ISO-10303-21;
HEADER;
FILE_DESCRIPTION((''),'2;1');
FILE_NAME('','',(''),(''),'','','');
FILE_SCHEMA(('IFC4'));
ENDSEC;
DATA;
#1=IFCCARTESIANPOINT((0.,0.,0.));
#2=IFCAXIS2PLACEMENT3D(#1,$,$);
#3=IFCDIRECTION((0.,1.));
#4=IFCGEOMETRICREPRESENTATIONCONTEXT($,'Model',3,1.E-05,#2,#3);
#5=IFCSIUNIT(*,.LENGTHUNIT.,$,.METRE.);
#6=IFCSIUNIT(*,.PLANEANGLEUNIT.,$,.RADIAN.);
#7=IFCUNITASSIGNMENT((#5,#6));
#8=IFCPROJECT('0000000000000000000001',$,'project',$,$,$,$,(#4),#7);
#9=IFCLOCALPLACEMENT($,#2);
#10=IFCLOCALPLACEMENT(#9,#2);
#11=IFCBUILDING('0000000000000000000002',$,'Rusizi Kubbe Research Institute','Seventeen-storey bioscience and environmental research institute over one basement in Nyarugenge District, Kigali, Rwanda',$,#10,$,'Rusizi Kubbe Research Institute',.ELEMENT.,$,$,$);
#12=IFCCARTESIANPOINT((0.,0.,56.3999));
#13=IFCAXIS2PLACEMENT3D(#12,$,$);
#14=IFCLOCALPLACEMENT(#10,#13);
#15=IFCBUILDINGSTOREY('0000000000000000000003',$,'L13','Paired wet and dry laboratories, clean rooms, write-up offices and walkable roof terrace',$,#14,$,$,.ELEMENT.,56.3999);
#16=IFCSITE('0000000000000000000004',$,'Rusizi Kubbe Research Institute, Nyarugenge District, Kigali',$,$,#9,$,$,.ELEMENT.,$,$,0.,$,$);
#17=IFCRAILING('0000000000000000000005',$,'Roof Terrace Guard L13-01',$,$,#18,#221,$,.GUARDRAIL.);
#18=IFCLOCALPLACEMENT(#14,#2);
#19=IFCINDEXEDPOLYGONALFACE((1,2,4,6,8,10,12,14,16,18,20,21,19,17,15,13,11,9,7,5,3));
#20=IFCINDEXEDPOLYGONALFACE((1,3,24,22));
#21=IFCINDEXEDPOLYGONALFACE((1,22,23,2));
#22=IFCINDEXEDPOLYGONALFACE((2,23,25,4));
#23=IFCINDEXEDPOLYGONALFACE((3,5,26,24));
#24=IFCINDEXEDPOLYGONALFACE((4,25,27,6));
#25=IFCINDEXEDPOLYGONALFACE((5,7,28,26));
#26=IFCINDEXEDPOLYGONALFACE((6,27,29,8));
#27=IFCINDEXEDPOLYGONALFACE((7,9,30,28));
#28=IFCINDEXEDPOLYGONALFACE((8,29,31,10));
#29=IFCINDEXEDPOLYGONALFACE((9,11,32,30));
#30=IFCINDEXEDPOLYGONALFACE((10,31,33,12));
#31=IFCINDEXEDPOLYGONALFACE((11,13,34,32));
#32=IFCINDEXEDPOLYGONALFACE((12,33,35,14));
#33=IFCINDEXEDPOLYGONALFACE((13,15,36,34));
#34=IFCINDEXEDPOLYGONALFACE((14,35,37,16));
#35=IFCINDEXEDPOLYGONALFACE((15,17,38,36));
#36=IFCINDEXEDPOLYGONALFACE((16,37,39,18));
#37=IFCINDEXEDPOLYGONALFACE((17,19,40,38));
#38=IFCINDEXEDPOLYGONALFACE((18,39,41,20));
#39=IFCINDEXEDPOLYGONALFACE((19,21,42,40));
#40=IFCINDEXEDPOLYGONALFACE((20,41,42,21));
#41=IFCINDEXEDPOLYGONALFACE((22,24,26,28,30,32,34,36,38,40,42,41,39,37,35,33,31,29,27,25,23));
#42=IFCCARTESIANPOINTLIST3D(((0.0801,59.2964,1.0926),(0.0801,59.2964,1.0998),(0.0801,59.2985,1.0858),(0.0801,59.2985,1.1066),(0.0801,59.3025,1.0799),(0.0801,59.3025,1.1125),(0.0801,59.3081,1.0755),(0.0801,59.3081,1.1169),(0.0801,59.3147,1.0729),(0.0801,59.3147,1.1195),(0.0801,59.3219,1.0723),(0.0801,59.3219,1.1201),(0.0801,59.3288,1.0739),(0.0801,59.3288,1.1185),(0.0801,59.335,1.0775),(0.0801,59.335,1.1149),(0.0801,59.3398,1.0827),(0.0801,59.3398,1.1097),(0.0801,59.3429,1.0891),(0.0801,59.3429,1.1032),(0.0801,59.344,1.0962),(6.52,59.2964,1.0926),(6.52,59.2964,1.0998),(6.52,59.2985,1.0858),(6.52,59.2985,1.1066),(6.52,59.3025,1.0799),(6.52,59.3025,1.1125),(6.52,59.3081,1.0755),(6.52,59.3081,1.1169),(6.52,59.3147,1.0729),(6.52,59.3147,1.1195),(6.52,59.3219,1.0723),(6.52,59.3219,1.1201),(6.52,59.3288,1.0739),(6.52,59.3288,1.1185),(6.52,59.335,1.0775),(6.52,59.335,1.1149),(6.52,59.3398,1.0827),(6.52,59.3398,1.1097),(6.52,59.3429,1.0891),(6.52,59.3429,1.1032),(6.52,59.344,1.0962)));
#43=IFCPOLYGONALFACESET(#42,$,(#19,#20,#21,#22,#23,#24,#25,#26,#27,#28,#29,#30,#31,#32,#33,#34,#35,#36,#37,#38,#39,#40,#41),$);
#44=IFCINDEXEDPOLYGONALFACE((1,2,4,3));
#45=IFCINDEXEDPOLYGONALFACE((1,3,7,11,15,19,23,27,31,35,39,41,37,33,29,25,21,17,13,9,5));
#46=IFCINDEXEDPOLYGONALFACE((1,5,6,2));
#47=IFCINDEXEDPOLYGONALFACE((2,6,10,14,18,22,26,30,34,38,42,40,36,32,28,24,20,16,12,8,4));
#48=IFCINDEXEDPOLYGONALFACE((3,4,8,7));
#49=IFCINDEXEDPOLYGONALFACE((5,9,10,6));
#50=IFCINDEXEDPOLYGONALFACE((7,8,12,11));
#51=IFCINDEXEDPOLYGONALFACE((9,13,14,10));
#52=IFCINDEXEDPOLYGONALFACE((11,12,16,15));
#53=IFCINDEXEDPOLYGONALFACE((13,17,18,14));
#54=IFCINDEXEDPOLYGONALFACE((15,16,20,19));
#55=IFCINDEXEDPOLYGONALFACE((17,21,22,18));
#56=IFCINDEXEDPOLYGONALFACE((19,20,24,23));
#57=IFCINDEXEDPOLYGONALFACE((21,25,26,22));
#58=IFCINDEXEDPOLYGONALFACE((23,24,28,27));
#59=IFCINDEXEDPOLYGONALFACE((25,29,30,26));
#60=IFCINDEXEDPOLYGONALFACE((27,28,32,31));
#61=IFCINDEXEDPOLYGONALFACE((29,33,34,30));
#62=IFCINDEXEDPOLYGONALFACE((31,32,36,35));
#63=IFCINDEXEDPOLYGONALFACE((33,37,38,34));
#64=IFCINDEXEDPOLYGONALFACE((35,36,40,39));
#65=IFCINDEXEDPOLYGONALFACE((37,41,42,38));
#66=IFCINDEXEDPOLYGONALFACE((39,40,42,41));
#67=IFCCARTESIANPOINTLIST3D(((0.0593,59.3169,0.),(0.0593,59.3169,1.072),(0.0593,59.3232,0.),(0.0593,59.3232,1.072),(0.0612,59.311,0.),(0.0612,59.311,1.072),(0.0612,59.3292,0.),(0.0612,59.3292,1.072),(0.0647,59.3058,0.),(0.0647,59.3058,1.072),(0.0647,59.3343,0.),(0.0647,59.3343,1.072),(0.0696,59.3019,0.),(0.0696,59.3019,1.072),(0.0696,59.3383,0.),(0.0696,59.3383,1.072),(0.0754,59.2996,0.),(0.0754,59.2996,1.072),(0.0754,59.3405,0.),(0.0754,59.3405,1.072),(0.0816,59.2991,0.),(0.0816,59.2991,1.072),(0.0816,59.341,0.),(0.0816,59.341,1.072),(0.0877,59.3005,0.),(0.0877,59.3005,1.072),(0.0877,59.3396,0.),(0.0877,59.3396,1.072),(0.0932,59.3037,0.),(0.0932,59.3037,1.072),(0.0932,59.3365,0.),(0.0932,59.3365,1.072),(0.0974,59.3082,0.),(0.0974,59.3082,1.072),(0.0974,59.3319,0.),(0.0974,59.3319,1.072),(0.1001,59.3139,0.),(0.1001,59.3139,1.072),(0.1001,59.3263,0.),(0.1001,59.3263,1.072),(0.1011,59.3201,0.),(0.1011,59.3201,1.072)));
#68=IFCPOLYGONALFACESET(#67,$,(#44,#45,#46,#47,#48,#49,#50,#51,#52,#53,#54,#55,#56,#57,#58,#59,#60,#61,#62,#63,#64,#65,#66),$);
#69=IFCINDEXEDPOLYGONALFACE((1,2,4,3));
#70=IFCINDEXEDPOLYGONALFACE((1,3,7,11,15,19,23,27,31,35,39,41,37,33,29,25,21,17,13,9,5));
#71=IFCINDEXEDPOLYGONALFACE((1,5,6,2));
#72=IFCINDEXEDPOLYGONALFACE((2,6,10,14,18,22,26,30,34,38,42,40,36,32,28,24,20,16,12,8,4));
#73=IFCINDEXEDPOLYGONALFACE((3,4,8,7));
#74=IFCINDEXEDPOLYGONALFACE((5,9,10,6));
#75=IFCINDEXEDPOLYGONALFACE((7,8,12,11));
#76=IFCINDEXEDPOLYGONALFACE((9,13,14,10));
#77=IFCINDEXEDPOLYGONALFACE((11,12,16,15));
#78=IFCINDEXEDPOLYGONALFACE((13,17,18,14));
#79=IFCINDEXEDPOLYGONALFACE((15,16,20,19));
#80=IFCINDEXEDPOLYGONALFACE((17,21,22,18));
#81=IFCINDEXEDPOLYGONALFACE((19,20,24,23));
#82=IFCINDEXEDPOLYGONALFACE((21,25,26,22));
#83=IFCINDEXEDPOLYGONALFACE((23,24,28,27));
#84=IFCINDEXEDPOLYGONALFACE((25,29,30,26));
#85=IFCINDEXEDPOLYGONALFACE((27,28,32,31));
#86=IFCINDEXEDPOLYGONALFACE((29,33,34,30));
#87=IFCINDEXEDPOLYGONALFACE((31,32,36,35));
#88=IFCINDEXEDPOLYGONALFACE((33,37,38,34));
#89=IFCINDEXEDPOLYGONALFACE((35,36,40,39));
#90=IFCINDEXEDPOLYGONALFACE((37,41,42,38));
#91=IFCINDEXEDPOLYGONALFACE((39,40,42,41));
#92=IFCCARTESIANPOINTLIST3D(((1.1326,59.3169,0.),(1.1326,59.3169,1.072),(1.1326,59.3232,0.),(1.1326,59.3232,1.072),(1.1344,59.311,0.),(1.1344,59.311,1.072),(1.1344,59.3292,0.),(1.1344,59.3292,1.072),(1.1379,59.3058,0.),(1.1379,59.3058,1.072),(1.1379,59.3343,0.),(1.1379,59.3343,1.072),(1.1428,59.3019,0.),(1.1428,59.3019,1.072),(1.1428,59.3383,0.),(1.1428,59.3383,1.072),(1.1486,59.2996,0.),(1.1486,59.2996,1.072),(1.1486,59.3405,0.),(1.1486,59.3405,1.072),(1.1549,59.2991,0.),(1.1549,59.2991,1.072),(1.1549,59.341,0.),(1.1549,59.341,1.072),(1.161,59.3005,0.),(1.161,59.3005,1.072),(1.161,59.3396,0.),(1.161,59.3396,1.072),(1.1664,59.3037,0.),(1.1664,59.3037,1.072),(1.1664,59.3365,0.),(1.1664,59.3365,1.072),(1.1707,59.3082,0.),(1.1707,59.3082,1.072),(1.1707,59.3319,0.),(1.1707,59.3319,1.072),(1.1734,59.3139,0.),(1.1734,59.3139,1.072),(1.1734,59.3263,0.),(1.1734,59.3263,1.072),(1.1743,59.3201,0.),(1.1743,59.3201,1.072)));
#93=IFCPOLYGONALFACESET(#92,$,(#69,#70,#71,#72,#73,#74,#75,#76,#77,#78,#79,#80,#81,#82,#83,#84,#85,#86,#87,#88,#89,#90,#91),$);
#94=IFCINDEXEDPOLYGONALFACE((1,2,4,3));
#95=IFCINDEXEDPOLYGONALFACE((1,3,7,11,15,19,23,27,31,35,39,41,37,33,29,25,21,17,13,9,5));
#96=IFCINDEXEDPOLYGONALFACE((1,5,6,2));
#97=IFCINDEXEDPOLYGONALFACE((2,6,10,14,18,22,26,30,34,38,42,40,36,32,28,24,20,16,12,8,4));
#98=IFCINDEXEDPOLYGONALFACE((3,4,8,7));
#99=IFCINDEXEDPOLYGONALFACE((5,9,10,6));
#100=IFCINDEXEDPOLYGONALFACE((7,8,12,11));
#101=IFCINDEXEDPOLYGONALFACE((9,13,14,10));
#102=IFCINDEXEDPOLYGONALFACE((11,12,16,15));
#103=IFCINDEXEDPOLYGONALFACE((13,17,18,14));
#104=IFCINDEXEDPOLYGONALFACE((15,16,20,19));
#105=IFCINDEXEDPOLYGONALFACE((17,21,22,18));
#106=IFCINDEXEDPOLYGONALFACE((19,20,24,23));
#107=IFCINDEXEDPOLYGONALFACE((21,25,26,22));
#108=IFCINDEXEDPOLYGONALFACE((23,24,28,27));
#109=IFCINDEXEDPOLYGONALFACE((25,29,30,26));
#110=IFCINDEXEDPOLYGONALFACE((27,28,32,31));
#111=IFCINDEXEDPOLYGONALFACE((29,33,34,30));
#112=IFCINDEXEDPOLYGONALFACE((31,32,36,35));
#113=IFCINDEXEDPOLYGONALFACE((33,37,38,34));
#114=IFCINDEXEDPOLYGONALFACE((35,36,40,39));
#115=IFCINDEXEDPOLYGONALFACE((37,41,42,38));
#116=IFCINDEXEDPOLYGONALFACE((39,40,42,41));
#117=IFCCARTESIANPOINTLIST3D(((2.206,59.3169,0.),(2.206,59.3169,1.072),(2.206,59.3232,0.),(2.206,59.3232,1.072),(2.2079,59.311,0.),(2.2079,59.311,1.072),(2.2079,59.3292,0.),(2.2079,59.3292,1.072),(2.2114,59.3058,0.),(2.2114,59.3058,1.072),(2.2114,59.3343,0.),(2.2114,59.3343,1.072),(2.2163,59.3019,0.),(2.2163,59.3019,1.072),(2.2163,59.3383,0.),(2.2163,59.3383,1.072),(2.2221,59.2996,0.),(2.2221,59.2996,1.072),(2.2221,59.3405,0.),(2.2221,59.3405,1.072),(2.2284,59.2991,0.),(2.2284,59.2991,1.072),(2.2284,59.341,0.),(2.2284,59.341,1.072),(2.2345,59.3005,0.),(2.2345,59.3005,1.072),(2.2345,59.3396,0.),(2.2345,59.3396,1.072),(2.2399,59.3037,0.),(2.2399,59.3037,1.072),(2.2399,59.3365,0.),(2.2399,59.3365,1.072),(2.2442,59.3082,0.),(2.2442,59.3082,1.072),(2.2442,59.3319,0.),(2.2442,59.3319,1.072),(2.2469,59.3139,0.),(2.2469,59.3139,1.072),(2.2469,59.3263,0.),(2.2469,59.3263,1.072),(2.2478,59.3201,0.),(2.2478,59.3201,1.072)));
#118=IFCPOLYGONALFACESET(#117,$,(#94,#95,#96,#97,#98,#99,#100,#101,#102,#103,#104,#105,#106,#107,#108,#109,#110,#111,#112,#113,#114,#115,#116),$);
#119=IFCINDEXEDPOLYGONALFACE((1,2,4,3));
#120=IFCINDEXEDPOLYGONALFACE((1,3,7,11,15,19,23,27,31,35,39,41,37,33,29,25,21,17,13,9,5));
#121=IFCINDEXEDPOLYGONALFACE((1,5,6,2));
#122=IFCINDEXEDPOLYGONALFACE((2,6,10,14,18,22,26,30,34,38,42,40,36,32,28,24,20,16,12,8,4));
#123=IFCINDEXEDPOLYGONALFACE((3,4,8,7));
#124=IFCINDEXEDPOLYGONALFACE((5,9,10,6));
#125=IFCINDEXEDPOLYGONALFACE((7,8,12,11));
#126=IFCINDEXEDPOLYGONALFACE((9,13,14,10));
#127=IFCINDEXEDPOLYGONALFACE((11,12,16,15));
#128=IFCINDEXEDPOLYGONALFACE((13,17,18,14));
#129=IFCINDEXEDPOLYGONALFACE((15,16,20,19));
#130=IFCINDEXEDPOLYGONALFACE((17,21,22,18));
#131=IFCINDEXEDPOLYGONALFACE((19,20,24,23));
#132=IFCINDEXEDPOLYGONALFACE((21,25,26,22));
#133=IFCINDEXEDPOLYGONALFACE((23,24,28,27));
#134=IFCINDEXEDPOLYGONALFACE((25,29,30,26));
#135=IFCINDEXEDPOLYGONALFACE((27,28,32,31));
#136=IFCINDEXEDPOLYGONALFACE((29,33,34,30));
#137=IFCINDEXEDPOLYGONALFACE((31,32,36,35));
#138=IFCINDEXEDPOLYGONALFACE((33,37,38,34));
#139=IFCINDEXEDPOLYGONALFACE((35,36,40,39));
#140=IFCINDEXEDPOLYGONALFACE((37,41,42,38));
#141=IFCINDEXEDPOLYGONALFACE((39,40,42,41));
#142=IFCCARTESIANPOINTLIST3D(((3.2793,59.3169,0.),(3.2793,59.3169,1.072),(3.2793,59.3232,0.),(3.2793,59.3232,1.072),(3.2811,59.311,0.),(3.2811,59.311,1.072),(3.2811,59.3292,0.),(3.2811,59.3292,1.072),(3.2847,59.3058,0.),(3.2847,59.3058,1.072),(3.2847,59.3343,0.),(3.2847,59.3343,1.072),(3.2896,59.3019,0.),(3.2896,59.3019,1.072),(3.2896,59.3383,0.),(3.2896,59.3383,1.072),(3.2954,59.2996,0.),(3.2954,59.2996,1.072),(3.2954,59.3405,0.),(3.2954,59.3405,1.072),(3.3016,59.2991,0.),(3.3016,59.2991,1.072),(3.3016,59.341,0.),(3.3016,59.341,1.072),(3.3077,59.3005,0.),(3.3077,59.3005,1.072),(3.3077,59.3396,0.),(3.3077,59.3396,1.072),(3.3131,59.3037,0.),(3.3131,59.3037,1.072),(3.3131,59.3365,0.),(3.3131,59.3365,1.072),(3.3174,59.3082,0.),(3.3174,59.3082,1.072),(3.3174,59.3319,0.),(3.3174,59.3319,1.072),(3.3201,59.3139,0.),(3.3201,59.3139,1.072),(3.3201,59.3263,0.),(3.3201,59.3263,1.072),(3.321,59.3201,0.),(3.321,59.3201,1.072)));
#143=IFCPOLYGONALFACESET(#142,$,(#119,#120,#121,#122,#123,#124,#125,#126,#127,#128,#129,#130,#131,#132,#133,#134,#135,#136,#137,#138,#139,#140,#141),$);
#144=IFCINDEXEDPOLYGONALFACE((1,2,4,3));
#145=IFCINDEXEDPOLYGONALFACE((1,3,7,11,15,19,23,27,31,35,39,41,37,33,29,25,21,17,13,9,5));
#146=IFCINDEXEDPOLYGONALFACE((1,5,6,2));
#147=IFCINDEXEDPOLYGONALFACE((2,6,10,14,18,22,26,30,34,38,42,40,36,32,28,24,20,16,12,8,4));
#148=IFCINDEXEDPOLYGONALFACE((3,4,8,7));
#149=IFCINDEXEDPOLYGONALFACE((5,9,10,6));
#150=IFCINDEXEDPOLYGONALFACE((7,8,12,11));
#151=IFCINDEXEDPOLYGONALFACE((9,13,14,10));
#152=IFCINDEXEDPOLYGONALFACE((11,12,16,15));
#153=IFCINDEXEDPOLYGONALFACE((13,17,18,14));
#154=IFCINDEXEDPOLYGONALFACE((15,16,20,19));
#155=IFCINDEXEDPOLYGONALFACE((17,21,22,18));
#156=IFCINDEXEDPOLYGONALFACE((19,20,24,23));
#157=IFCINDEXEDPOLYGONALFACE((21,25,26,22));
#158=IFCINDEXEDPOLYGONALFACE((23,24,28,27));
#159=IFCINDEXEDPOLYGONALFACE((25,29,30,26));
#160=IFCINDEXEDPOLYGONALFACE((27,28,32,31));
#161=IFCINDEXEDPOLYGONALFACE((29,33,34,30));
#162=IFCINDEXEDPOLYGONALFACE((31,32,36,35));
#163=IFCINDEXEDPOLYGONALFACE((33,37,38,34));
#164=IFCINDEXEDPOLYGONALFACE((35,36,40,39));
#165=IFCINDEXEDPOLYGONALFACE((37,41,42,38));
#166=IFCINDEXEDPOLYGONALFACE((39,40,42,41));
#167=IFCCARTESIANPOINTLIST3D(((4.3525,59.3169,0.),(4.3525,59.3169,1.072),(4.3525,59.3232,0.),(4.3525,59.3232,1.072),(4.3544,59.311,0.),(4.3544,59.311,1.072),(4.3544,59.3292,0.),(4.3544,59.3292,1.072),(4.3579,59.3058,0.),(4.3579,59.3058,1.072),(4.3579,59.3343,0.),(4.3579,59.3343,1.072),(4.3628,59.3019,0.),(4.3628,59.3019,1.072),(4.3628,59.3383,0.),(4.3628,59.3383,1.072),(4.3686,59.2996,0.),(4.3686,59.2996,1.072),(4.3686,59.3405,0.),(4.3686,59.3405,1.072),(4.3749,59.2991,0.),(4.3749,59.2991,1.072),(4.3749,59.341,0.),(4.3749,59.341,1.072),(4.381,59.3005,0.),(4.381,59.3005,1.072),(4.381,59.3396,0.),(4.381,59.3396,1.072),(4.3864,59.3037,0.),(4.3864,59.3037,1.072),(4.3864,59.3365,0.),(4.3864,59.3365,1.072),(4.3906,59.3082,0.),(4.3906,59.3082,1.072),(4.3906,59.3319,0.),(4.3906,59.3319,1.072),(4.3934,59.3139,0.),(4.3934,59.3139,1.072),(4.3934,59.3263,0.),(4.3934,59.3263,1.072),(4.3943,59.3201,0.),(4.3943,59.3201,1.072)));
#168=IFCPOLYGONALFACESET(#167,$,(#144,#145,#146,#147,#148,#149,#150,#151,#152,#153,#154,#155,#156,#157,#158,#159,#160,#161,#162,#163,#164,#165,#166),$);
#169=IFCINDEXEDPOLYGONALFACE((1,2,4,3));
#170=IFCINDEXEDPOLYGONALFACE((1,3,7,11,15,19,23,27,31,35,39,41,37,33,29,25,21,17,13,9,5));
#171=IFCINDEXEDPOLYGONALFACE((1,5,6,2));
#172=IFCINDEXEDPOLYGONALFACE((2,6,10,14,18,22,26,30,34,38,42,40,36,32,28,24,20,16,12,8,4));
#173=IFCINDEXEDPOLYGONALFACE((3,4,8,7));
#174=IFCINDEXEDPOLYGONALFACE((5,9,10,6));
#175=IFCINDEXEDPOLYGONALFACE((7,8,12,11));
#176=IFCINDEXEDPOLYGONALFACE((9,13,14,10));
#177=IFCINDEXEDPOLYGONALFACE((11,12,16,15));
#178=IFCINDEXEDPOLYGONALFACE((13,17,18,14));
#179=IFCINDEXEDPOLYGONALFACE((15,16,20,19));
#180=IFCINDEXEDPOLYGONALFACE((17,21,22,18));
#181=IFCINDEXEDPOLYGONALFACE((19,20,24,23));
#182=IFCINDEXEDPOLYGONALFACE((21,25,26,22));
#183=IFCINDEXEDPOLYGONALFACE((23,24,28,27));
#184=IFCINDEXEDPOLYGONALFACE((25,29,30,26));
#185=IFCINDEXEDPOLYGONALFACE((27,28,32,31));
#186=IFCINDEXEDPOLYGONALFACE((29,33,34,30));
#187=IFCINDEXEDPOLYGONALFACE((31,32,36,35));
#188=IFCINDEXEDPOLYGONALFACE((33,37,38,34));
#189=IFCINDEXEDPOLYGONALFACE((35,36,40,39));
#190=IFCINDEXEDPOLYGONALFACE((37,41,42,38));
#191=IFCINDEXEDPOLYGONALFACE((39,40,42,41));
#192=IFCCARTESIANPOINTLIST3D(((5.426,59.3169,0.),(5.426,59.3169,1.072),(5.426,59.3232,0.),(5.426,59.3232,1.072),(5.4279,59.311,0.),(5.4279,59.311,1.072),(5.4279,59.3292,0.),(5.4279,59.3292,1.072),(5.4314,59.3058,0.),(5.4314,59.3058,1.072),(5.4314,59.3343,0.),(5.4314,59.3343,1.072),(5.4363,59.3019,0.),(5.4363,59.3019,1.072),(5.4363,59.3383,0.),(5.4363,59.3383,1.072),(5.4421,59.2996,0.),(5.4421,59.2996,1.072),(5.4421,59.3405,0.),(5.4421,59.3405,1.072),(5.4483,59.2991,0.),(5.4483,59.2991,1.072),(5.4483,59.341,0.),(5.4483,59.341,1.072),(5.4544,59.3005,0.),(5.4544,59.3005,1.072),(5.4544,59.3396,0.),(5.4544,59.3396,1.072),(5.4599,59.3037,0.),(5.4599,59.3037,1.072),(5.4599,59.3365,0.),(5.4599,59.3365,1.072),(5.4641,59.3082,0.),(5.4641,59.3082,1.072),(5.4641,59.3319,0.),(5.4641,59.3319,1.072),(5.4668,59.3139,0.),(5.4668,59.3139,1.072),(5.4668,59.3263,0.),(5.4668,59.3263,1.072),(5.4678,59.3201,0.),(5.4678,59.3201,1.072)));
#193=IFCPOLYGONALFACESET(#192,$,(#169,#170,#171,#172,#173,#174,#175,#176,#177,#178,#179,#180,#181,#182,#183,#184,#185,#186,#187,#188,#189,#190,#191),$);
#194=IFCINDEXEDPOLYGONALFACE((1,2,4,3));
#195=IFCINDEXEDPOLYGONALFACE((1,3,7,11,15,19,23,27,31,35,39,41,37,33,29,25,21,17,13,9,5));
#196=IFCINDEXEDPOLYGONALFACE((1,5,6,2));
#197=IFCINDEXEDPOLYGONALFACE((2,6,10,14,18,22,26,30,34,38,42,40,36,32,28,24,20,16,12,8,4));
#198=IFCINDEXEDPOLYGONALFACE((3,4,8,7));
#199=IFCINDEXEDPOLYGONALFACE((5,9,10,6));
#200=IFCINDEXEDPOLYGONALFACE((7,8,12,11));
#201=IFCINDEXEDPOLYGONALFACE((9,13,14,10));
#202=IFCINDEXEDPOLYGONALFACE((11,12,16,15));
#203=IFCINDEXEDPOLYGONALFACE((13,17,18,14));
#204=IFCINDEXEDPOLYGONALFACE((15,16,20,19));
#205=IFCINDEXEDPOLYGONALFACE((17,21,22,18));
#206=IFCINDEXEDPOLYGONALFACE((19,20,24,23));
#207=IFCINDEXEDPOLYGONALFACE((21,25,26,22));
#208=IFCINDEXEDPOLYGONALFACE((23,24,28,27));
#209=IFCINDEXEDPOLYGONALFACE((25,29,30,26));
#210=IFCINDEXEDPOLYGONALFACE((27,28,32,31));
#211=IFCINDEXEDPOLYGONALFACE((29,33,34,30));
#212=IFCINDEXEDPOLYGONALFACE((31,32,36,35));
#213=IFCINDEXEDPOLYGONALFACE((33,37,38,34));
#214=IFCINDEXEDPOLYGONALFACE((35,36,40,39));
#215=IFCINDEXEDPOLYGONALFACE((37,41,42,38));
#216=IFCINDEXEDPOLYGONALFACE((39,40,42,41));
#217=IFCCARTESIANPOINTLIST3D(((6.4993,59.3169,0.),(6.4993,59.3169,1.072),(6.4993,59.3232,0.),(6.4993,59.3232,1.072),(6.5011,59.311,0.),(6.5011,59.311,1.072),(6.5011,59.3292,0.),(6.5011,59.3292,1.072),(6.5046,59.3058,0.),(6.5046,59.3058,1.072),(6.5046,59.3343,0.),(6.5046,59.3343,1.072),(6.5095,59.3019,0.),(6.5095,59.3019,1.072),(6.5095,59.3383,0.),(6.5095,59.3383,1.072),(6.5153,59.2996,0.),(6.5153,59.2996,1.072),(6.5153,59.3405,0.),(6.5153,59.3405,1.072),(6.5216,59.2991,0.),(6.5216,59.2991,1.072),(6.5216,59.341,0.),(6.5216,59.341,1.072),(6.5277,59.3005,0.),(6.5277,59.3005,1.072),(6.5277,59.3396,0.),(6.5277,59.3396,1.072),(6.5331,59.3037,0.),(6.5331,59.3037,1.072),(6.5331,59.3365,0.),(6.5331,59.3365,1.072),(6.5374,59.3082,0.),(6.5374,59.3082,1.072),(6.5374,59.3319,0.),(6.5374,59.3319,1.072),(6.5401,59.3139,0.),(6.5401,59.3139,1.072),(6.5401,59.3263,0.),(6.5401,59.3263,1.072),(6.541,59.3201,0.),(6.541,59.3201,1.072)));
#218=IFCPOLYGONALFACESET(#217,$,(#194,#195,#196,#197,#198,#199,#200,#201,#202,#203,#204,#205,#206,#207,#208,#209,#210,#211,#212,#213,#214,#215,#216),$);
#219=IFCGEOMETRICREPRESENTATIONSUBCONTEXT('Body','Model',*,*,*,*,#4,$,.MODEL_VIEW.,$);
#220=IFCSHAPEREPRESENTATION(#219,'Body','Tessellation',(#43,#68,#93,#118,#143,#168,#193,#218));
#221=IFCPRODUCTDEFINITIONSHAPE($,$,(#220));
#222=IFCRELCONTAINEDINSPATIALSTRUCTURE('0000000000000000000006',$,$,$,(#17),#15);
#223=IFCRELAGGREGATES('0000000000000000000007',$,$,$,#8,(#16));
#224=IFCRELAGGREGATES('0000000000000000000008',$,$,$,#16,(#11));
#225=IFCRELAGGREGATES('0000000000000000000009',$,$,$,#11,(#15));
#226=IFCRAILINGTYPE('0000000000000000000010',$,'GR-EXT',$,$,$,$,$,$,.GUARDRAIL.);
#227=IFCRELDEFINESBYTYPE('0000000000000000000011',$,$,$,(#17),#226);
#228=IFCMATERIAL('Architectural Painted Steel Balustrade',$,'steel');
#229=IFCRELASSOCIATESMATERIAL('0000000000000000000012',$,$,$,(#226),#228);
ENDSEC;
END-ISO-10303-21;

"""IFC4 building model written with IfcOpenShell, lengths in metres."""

from ifc_helpers import new_model, si_unit, direction, frame, origin, origin_2d, place, context, subcontext, project, spatial, circle, extrude, material, type_object, element, save


model = new_model("IFC4")

# Units and contexts
model_context = context("Model", 3, precision=1e-05, world=origin(), true_north=direction((0.0, 1.0)))
body_context = subcontext(model_context, "Body", "Model", "MODEL_VIEW")
ifc_project = project(units=[si_unit("LENGTHUNIT", "METRE"), si_unit("PLANEANGLEUNIT", "RADIAN")], contexts=[model_context])

# Site, building, storey
site_placement = place(None, origin())
site = spatial("IfcSite", under=ifc_project, at=site_placement, Name="Rusizi Kubbe Research Institute, Nyarugenge District, Kigali", CompositionType="ELEMENT", RefElevation=0.0)
building_placement = place(site_placement, origin())
building = spatial("IfcBuilding", under=site, at=building_placement, Name="Rusizi Kubbe Research Institute", Description="Seventeen-storey bioscience and environmental research institute over one basement in Nyarugenge District, Kigali, Rwanda", LongName="Rusizi Kubbe Research Institute", CompositionType="ELEMENT")
storey_placement = place(building_placement, frame((0.0, 0.0, 56.3999)))
storey = spatial("IfcBuildingStorey", under=building, at=storey_placement, Name="L13", Description="Paired wet and dry laboratories, clean rooms, write-up offices and walkable roof terrace", CompositionType="ELEMENT", Elevation=56.3999)

# Railing
ifc_material_1 = material(Name="Architectural Painted Steel Balustrade", Category="steel")
railing_type = type_object("IfcRailingType", Name="GR-EXT", PredefinedType="GUARDRAIL", material=ifc_material_1)
railing_1_placement = place(storey_placement, frame((0.0801, 59.3201, 0.0)))
element("IfcRailing", 1, at=railing_1_placement, inside=storey, type_object=railing_type, Name="Roof Terrace Guard L13-01", PredefinedType="GUARDRAIL", context=body_context, shape_type="SweptSolid", body=[
    extrude(circle(Radius=0.0239, at=origin_2d()), frame((0.0, 0.0, 1.0962), z_axis=(1.0, 0.0, 0.0), x_axis=(0.0, 1.0, 0.0)), (0.0, 0.0, 1.0), 6.4399),
    extrude(circle(Radius=0.021, at=origin_2d()), origin(), (0.0, 0.0, 1.0), 1.072),
    extrude(circle(Radius=0.021, at=origin_2d()), frame((1.0732, 0.0, 0.0)), (0.0, 0.0, 1.0), 1.072),
    extrude(circle(Radius=0.021, at=origin_2d()), frame((2.1467, 0.0, 0.0)), (0.0, 0.0, 1.0), 1.072),
    extrude(circle(Radius=0.021, at=origin_2d()), frame((3.22, 0.0, 0.0)), (0.0, 0.0, 1.0), 1.072),
    extrude(circle(Radius=0.021, at=origin_2d()), frame((4.2932, 0.0, 0.0)), (0.0, 0.0, 1.0), 1.072),
    extrude(circle(Radius=0.021, at=origin_2d()), frame((5.3667, 0.0, 0.0)), (0.0, 0.0, 1.0), 1.072),
    extrude(circle(Radius=0.021, at=origin_2d()), frame((6.4399, 0.0, 0.0)), (0.0, 0.0, 1.0), 1.072),
])

save(model, "model.ifc")
